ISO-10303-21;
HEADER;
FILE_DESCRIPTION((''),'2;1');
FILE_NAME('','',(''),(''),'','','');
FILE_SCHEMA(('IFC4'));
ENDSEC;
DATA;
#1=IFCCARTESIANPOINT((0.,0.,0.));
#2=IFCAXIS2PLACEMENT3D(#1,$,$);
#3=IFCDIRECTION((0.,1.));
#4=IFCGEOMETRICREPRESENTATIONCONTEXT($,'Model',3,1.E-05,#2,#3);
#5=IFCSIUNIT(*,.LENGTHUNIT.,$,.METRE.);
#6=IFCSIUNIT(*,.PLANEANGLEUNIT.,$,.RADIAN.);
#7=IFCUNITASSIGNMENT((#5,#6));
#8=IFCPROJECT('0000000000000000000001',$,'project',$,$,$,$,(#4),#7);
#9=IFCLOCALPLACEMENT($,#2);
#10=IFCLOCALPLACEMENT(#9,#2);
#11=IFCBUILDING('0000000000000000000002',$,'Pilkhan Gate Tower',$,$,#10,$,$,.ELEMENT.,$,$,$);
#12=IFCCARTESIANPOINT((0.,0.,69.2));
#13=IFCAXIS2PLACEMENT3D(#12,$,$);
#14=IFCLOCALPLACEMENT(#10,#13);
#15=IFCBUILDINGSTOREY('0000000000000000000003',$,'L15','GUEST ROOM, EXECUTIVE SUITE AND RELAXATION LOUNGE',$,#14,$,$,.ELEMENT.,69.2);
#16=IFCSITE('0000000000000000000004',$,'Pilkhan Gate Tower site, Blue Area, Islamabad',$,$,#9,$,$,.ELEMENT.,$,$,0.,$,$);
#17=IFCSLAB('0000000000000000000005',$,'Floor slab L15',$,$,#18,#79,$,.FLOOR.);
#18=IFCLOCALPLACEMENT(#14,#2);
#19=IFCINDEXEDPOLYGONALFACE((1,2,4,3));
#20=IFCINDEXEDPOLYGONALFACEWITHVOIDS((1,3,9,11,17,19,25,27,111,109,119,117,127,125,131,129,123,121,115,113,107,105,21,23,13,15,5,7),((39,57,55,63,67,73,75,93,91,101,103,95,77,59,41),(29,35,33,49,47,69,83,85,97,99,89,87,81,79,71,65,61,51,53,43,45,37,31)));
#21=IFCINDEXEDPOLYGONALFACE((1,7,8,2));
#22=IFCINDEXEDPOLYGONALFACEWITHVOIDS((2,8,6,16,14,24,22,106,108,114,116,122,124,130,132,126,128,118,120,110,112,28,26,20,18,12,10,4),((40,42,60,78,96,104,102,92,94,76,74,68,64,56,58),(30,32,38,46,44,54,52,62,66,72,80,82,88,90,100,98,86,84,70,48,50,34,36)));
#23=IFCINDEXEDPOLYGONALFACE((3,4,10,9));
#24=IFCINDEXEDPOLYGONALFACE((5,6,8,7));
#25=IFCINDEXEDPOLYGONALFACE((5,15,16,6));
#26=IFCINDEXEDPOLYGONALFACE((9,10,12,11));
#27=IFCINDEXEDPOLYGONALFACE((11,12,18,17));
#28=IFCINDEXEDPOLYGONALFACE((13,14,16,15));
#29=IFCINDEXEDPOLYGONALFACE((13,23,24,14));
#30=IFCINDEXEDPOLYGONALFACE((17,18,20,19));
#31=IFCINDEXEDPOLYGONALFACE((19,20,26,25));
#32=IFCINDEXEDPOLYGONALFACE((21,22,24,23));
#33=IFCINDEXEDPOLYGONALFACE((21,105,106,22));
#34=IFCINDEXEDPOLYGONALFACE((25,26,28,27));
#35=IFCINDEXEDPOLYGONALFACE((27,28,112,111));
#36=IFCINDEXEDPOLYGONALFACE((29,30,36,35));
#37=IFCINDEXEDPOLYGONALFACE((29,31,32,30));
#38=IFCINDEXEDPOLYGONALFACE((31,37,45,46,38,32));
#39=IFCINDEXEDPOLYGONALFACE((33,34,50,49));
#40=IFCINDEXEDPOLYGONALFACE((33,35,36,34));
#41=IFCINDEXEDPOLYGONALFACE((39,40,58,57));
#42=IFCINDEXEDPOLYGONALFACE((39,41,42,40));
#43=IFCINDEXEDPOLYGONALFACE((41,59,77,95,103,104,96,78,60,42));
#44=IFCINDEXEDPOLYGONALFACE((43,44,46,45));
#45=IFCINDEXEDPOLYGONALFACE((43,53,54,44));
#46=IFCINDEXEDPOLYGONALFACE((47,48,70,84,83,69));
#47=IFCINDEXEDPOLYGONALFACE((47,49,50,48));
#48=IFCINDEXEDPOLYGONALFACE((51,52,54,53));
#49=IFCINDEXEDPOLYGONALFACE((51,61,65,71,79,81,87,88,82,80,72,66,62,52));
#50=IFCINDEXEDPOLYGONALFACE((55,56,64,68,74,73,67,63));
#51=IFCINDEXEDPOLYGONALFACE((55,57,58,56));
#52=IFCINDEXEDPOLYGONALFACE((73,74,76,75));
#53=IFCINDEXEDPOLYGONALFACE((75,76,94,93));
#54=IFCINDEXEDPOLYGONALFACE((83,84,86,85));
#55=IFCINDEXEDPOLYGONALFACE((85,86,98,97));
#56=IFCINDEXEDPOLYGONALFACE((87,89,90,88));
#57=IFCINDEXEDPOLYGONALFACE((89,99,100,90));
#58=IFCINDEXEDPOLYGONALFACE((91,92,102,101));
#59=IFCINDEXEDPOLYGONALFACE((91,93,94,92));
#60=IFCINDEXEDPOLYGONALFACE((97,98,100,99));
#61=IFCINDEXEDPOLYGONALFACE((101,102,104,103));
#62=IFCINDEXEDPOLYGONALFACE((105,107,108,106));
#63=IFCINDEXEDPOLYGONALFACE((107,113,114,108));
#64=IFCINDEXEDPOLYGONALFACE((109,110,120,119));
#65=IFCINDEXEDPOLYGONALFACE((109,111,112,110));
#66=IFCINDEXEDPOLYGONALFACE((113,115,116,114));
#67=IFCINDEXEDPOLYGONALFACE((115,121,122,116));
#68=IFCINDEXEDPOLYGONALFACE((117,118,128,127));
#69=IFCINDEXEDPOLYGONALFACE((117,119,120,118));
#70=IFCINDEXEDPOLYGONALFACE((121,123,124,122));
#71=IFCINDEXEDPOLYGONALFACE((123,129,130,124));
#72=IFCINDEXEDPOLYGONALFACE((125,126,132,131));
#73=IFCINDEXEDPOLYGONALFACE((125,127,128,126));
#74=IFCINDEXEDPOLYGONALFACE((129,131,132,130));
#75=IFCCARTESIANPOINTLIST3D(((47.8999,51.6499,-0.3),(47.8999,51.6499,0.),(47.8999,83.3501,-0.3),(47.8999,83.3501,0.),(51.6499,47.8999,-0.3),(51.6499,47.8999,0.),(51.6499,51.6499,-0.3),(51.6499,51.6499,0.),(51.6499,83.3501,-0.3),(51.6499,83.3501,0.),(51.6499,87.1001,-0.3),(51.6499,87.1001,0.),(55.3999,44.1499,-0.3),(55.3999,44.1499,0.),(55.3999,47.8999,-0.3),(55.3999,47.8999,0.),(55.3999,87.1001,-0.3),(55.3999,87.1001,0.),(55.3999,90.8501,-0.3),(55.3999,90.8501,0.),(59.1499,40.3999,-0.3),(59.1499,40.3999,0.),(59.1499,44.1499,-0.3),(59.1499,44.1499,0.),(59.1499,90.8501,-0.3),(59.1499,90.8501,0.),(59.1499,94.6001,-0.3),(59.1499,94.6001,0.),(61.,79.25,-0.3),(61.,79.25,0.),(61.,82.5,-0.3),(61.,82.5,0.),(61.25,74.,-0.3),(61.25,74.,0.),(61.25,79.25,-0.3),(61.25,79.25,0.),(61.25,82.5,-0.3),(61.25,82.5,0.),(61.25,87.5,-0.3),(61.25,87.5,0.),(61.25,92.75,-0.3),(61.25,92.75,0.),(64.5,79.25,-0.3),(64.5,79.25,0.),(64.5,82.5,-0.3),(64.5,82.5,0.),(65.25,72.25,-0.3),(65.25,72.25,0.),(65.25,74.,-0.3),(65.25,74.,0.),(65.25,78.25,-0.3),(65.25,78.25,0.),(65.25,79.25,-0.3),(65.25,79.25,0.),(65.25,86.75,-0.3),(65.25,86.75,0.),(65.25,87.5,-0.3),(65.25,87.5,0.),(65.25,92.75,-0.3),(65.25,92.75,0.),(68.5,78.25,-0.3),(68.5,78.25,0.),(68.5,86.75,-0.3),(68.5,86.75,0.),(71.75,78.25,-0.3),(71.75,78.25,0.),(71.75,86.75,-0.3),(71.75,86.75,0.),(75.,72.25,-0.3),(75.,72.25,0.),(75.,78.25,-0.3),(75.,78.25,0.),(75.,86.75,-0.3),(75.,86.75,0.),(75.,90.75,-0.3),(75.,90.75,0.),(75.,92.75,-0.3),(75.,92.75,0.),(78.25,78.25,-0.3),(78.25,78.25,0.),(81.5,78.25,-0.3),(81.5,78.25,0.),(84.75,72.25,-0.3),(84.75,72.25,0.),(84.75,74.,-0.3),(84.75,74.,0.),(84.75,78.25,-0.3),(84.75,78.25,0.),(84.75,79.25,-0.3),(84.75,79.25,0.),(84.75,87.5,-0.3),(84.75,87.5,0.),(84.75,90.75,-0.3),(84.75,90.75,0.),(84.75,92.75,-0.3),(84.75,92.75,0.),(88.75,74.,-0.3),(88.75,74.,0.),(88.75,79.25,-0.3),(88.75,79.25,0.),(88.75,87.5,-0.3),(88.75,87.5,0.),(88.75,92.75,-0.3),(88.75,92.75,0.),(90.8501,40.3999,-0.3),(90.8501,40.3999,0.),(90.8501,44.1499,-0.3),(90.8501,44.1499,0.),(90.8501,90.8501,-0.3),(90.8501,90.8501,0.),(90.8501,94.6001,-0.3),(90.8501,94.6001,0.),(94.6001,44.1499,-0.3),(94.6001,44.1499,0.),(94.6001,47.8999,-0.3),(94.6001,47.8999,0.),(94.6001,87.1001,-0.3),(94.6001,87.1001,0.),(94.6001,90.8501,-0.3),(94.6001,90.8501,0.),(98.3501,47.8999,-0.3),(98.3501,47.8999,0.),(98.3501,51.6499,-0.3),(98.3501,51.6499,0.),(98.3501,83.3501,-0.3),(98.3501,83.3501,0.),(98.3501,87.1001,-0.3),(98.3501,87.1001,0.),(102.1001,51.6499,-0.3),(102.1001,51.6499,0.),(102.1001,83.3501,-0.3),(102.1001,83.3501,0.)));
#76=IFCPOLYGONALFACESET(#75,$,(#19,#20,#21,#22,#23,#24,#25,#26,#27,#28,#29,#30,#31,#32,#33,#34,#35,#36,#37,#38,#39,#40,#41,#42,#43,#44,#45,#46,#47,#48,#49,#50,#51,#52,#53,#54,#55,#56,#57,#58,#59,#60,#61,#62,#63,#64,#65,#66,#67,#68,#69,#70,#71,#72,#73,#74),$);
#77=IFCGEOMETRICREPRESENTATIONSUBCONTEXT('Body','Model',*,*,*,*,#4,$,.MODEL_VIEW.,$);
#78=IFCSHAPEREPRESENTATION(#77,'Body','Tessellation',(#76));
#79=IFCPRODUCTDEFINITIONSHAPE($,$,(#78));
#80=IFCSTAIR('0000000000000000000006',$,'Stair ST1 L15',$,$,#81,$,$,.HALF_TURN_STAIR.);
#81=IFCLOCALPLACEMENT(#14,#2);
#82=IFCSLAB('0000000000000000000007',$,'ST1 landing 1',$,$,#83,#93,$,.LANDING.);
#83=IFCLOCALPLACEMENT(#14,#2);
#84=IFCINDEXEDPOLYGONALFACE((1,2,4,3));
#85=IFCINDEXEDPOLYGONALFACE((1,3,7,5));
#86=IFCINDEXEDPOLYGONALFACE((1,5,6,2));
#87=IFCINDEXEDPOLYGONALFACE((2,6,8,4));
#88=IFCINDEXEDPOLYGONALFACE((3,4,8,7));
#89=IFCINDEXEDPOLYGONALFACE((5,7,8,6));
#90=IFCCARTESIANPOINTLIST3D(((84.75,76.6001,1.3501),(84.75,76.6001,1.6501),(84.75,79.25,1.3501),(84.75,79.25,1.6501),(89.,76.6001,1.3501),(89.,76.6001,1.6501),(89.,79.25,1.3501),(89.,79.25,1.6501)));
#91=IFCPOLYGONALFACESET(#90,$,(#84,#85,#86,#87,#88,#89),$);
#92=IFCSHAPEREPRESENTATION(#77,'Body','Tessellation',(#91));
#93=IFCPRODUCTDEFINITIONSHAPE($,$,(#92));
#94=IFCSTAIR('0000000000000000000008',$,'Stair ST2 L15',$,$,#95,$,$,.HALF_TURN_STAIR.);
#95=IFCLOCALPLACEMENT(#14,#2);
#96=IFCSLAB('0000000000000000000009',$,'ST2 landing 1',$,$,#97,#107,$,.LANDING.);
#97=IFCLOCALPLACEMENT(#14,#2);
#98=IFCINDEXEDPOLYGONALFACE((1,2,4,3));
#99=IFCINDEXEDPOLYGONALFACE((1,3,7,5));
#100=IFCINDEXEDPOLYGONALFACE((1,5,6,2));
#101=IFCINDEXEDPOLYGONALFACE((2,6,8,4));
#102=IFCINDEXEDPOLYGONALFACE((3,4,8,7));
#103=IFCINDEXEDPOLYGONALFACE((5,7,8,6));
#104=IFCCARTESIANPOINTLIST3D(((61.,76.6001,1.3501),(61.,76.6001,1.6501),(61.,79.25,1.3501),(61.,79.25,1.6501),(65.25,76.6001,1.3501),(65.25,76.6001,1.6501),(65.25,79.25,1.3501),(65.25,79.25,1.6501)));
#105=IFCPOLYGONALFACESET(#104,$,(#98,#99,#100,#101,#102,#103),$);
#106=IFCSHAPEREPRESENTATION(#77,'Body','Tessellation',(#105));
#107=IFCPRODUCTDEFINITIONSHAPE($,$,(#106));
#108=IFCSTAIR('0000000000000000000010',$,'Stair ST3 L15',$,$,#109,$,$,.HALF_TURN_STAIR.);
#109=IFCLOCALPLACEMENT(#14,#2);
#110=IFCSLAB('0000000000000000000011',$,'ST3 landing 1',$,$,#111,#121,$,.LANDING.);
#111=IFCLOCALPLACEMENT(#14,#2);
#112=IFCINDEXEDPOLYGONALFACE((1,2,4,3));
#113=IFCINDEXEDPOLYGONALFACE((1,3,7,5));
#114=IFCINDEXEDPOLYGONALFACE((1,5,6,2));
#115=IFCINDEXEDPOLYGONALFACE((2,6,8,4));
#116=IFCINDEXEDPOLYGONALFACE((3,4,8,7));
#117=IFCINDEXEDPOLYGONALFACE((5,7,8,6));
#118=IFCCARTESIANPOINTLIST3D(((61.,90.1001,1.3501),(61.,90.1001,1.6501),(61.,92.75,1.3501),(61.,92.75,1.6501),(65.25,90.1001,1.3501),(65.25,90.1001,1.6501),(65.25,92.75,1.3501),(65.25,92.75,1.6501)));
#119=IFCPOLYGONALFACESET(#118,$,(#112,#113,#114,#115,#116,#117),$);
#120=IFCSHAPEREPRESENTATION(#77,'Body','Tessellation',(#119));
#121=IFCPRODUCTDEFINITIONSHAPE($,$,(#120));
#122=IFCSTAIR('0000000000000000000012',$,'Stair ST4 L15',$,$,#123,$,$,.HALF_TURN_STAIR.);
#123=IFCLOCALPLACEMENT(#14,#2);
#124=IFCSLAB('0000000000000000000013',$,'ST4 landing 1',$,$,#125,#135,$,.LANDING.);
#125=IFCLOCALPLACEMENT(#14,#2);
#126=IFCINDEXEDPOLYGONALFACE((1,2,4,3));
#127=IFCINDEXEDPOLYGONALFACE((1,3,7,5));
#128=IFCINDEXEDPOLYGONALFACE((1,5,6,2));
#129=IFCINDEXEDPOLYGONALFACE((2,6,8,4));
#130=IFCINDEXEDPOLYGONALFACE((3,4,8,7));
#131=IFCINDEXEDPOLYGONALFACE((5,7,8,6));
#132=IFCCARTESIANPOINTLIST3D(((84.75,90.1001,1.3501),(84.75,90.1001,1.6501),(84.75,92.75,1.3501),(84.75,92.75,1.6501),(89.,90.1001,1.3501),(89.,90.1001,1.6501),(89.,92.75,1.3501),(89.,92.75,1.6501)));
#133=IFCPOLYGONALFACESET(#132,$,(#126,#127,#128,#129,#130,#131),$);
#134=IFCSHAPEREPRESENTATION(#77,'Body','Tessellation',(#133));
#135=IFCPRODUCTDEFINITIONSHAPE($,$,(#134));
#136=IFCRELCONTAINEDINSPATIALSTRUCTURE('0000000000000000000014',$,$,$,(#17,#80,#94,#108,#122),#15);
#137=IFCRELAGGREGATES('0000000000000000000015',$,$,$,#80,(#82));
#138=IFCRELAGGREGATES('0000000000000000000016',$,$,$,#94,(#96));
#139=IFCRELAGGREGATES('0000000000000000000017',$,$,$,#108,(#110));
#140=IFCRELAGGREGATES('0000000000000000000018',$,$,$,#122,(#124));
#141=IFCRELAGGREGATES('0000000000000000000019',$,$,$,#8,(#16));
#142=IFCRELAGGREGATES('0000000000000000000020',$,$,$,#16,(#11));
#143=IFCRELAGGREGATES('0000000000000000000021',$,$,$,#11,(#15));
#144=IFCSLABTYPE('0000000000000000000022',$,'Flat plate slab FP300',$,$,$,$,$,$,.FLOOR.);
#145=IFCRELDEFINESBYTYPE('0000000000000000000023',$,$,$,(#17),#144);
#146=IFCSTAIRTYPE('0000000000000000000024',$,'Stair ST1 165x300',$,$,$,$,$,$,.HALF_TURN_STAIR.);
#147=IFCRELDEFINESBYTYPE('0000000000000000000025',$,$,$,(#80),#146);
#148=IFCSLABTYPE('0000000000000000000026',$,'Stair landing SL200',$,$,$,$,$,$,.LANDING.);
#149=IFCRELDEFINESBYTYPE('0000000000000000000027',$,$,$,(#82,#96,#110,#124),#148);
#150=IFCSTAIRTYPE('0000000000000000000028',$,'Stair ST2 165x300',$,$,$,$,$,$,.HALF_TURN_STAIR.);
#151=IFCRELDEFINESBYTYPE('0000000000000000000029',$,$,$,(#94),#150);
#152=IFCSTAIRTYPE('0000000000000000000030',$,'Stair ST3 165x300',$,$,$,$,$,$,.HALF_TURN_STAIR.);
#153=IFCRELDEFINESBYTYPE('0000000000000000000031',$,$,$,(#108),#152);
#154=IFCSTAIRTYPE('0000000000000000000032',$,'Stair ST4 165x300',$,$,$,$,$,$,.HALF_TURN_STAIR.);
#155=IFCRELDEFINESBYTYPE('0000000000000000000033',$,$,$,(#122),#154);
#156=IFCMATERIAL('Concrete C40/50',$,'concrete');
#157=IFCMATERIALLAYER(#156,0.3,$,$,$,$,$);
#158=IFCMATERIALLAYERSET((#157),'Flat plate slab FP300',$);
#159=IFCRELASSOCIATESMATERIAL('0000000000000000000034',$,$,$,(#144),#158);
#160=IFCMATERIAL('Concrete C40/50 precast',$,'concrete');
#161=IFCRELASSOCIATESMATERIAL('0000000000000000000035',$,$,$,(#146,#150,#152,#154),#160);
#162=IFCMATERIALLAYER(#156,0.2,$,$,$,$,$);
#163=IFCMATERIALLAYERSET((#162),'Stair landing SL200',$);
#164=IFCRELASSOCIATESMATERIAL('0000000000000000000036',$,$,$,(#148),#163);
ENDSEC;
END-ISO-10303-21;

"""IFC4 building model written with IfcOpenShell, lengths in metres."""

from ifc_helpers import new_model, si_unit, direction, frame, origin, place, context, subcontext, project, spatial, polyline, outline, extrude, material, layer, layer_set, type_object, element, aggregate, save


model = new_model("IFC4")

# Units and contexts
model_context = context("Model", 3, precision=1e-05, world=origin(), true_north=direction((0.0, 1.0)))
body_context = subcontext(model_context, "Body", "Model", "MODEL_VIEW")
ifc_project = project(units=[si_unit("LENGTHUNIT", "METRE"), si_unit("PLANEANGLEUNIT", "RADIAN")], contexts=[model_context])

# Site, building, storey
site_placement = place(None, origin())
site = spatial("IfcSite", under=ifc_project, at=site_placement, Name="Pilkhan Gate Tower site, Blue Area, Islamabad", CompositionType="ELEMENT", RefElevation=0.0)
building_placement = place(site_placement, origin())
building = spatial("IfcBuilding", under=site, at=building_placement, Name="Pilkhan Gate Tower", CompositionType="ELEMENT")
storey_placement = place(building_placement, frame((0.0, 0.0, 69.2)))
storey = spatial("IfcBuildingStorey", under=building, at=storey_placement, Name="L15", Description="GUEST ROOM, EXECUTIVE SUITE AND RELAXATION LOUNGE", CompositionType="ELEMENT", Elevation=69.2)

# Slab
ifc_material_1 = material(Name="Concrete C40/50", Category="concrete")
ifc_layer_1 = layer(ifc_material_1, 0.3)
ifc_layer_set_1 = layer_set([ifc_layer_1], Name="Flat plate slab FP300")
slab_type_1 = type_object("IfcSlabType", Name="Flat plate slab FP300", PredefinedType="FLOOR", material=ifc_layer_set_1)
slab_1_placement = place(storey_placement, frame((0.0, 0.0, -0.3)))
element("IfcSlab", 1, at=slab_1_placement, inside=storey, type_object=slab_type_1, Name="Floor slab L15", PredefinedType="FLOOR", context=body_context, shape_type="SweptSolid", body=[
    extrude(outline(polyline([(98.3501, 47.8999), (94.6001, 47.8999), (94.6001, 44.1499), (90.8501, 44.1499), (90.8501, 40.3999), (59.1499, 40.3999), (59.1499, 44.1499), (55.3999, 44.1499), (55.3999, 47.8999), (51.6499, 47.8999), (51.6499, 51.6499), (47.8999, 51.6499), (47.8999, 83.3501), (51.6499, 83.3501), (51.6499, 87.1001), (55.3999, 87.1001), (55.3999, 90.8501), (59.1499, 90.8501), (59.1499, 94.6001), (90.8501, 94.6001), (90.8501, 90.8501), (94.6001, 90.8501), (94.6001, 87.1001), (98.3501, 87.1001), (98.3501, 83.3501), (102.1001, 83.3501), (102.1001, 51.6499), (98.3501, 51.6499), (98.3501, 47.8999)]), holes=[polyline([(65.25, 87.5), (65.25, 86.75), (68.5, 86.75), (71.75, 86.75), (75.0, 86.75), (75.0, 90.75), (84.75, 90.75), (84.75, 87.5), (88.75, 87.5), (88.75, 92.75), (84.75, 92.75), (75.0, 92.75), (65.25, 92.75), (61.25, 92.75), (61.25, 87.5), (65.25, 87.5)]), polyline([(75.0, 72.25), (84.75, 72.25), (84.75, 74.0), (88.75, 74.0), (88.75, 79.25), (84.75, 79.25), (84.75, 78.25), (81.5, 78.25), (78.25, 78.25), (75.0, 78.25), (71.75, 78.25), (68.5, 78.25), (65.25, 78.25), (65.25, 79.25), (64.5, 79.25), (64.5, 82.5), (61.25, 82.5), (61.0, 82.5), (61.0, 79.25), (61.25, 79.25), (61.25, 74.0), (65.25, 74.0), (65.25, 72.25), (75.0, 72.25)])]), origin(), (0.0, 0.0, 1.0), 0.3),
])

# Stairs, slabs
ifc_material_2 = material(Name="Concrete C40/50 precast", Category="concrete")
stair_type_1 = type_object("IfcStairType", Name="Stair ST1 165x300", PredefinedType="HALF_TURN_STAIR", material=ifc_material_2)
stair_1_placement = place(storey_placement, origin())
stair_1 = element("IfcStair", 2, at=stair_1_placement, inside=storey, type_object=stair_type_1, Name="Stair ST1 L15", PredefinedType="HALF_TURN_STAIR")
ifc_layer_2 = layer(ifc_material_1, 0.2)
ifc_layer_set_2 = layer_set([ifc_layer_2], Name="Stair landing SL200")
slab_type_2 = type_object("IfcSlabType", Name="Stair landing SL200", PredefinedType="LANDING", material=ifc_layer_set_2)
slab_2_placement = place(storey_placement, frame((0.0, 0.0, 1.3501)))
slab_2 = element("IfcSlab", 3, at=slab_2_placement, type_object=slab_type_2, Name="ST1 landing 1", PredefinedType="LANDING", context=body_context, shape_type="SweptSolid", body=[
    extrude(outline(polyline([(89.0, 76.6001), (89.0, 79.25), (84.75, 79.25), (84.75, 76.6001), (89.0, 76.6001)])), origin(), (0.0, 0.0, 1.0), 0.3),
])
aggregate(stair_1, [slab_2])
stair_type_2 = type_object("IfcStairType", Name="Stair ST2 165x300", PredefinedType="HALF_TURN_STAIR", material=ifc_material_2)
stair_2_placement = place(storey_placement, origin())
stair_2 = element("IfcStair", 4, at=stair_2_placement, inside=storey, type_object=stair_type_2, Name="Stair ST2 L15", PredefinedType="HALF_TURN_STAIR")
slab_3_placement = place(storey_placement, frame((0.0, 0.0, 1.3501)))
slab_3 = element("IfcSlab", 5, at=slab_3_placement, type_object=slab_type_2, Name="ST2 landing 1", PredefinedType="LANDING", context=body_context, shape_type="SweptSolid", body=[
    extrude(outline(polyline([(65.25, 76.6001), (65.25, 79.25), (61.0, 79.25), (61.0, 76.6001), (65.25, 76.6001)])), origin(), (0.0, 0.0, 1.0), 0.3),
])
aggregate(stair_2, [slab_3])
stair_type_3 = type_object("IfcStairType", Name="Stair ST3 165x300", PredefinedType="HALF_TURN_STAIR", material=ifc_material_2)
stair_3_placement = place(storey_placement, origin())
stair_3 = element("IfcStair", 6, at=stair_3_placement, inside=storey, type_object=stair_type_3, Name="Stair ST3 L15", PredefinedType="HALF_TURN_STAIR")
slab_4_placement = place(storey_placement, frame((0.0, 0.0, 1.3501)))
slab_4 = element("IfcSlab", 7, at=slab_4_placement, type_object=slab_type_2, Name="ST3 landing 1", PredefinedType="LANDING", context=body_context, shape_type="SweptSolid", body=[
    extrude(outline(polyline([(65.25, 90.1001), (65.25, 92.75), (61.0, 92.75), (61.0, 90.1001), (65.25, 90.1001)])), origin(), (0.0, 0.0, 1.0), 0.3),
])
aggregate(stair_3, [slab_4])
stair_type_4 = type_object("IfcStairType", Name="Stair ST4 165x300", PredefinedType="HALF_TURN_STAIR", material=ifc_material_2)
stair_4_placement = place(storey_placement, origin())
stair_4 = element("IfcStair", 8, at=stair_4_placement, inside=storey, type_object=stair_type_4, Name="Stair ST4 L15", PredefinedType="HALF_TURN_STAIR")
slab_5_placement = place(storey_placement, frame((0.0, 0.0, 1.3501)))
slab_5 = element("IfcSlab", 9, at=slab_5_placement, type_object=slab_type_2, Name="ST4 landing 1", PredefinedType="LANDING", context=body_context, shape_type="SweptSolid", body=[
    extrude(outline(polyline([(89.0, 90.1001), (89.0, 92.75), (84.75, 92.75), (84.75, 90.1001), (89.0, 90.1001)])), origin(), (0.0, 0.0, 1.0), 0.3),
])
aggregate(stair_4, [slab_5])

save(model, "model.ifc")
